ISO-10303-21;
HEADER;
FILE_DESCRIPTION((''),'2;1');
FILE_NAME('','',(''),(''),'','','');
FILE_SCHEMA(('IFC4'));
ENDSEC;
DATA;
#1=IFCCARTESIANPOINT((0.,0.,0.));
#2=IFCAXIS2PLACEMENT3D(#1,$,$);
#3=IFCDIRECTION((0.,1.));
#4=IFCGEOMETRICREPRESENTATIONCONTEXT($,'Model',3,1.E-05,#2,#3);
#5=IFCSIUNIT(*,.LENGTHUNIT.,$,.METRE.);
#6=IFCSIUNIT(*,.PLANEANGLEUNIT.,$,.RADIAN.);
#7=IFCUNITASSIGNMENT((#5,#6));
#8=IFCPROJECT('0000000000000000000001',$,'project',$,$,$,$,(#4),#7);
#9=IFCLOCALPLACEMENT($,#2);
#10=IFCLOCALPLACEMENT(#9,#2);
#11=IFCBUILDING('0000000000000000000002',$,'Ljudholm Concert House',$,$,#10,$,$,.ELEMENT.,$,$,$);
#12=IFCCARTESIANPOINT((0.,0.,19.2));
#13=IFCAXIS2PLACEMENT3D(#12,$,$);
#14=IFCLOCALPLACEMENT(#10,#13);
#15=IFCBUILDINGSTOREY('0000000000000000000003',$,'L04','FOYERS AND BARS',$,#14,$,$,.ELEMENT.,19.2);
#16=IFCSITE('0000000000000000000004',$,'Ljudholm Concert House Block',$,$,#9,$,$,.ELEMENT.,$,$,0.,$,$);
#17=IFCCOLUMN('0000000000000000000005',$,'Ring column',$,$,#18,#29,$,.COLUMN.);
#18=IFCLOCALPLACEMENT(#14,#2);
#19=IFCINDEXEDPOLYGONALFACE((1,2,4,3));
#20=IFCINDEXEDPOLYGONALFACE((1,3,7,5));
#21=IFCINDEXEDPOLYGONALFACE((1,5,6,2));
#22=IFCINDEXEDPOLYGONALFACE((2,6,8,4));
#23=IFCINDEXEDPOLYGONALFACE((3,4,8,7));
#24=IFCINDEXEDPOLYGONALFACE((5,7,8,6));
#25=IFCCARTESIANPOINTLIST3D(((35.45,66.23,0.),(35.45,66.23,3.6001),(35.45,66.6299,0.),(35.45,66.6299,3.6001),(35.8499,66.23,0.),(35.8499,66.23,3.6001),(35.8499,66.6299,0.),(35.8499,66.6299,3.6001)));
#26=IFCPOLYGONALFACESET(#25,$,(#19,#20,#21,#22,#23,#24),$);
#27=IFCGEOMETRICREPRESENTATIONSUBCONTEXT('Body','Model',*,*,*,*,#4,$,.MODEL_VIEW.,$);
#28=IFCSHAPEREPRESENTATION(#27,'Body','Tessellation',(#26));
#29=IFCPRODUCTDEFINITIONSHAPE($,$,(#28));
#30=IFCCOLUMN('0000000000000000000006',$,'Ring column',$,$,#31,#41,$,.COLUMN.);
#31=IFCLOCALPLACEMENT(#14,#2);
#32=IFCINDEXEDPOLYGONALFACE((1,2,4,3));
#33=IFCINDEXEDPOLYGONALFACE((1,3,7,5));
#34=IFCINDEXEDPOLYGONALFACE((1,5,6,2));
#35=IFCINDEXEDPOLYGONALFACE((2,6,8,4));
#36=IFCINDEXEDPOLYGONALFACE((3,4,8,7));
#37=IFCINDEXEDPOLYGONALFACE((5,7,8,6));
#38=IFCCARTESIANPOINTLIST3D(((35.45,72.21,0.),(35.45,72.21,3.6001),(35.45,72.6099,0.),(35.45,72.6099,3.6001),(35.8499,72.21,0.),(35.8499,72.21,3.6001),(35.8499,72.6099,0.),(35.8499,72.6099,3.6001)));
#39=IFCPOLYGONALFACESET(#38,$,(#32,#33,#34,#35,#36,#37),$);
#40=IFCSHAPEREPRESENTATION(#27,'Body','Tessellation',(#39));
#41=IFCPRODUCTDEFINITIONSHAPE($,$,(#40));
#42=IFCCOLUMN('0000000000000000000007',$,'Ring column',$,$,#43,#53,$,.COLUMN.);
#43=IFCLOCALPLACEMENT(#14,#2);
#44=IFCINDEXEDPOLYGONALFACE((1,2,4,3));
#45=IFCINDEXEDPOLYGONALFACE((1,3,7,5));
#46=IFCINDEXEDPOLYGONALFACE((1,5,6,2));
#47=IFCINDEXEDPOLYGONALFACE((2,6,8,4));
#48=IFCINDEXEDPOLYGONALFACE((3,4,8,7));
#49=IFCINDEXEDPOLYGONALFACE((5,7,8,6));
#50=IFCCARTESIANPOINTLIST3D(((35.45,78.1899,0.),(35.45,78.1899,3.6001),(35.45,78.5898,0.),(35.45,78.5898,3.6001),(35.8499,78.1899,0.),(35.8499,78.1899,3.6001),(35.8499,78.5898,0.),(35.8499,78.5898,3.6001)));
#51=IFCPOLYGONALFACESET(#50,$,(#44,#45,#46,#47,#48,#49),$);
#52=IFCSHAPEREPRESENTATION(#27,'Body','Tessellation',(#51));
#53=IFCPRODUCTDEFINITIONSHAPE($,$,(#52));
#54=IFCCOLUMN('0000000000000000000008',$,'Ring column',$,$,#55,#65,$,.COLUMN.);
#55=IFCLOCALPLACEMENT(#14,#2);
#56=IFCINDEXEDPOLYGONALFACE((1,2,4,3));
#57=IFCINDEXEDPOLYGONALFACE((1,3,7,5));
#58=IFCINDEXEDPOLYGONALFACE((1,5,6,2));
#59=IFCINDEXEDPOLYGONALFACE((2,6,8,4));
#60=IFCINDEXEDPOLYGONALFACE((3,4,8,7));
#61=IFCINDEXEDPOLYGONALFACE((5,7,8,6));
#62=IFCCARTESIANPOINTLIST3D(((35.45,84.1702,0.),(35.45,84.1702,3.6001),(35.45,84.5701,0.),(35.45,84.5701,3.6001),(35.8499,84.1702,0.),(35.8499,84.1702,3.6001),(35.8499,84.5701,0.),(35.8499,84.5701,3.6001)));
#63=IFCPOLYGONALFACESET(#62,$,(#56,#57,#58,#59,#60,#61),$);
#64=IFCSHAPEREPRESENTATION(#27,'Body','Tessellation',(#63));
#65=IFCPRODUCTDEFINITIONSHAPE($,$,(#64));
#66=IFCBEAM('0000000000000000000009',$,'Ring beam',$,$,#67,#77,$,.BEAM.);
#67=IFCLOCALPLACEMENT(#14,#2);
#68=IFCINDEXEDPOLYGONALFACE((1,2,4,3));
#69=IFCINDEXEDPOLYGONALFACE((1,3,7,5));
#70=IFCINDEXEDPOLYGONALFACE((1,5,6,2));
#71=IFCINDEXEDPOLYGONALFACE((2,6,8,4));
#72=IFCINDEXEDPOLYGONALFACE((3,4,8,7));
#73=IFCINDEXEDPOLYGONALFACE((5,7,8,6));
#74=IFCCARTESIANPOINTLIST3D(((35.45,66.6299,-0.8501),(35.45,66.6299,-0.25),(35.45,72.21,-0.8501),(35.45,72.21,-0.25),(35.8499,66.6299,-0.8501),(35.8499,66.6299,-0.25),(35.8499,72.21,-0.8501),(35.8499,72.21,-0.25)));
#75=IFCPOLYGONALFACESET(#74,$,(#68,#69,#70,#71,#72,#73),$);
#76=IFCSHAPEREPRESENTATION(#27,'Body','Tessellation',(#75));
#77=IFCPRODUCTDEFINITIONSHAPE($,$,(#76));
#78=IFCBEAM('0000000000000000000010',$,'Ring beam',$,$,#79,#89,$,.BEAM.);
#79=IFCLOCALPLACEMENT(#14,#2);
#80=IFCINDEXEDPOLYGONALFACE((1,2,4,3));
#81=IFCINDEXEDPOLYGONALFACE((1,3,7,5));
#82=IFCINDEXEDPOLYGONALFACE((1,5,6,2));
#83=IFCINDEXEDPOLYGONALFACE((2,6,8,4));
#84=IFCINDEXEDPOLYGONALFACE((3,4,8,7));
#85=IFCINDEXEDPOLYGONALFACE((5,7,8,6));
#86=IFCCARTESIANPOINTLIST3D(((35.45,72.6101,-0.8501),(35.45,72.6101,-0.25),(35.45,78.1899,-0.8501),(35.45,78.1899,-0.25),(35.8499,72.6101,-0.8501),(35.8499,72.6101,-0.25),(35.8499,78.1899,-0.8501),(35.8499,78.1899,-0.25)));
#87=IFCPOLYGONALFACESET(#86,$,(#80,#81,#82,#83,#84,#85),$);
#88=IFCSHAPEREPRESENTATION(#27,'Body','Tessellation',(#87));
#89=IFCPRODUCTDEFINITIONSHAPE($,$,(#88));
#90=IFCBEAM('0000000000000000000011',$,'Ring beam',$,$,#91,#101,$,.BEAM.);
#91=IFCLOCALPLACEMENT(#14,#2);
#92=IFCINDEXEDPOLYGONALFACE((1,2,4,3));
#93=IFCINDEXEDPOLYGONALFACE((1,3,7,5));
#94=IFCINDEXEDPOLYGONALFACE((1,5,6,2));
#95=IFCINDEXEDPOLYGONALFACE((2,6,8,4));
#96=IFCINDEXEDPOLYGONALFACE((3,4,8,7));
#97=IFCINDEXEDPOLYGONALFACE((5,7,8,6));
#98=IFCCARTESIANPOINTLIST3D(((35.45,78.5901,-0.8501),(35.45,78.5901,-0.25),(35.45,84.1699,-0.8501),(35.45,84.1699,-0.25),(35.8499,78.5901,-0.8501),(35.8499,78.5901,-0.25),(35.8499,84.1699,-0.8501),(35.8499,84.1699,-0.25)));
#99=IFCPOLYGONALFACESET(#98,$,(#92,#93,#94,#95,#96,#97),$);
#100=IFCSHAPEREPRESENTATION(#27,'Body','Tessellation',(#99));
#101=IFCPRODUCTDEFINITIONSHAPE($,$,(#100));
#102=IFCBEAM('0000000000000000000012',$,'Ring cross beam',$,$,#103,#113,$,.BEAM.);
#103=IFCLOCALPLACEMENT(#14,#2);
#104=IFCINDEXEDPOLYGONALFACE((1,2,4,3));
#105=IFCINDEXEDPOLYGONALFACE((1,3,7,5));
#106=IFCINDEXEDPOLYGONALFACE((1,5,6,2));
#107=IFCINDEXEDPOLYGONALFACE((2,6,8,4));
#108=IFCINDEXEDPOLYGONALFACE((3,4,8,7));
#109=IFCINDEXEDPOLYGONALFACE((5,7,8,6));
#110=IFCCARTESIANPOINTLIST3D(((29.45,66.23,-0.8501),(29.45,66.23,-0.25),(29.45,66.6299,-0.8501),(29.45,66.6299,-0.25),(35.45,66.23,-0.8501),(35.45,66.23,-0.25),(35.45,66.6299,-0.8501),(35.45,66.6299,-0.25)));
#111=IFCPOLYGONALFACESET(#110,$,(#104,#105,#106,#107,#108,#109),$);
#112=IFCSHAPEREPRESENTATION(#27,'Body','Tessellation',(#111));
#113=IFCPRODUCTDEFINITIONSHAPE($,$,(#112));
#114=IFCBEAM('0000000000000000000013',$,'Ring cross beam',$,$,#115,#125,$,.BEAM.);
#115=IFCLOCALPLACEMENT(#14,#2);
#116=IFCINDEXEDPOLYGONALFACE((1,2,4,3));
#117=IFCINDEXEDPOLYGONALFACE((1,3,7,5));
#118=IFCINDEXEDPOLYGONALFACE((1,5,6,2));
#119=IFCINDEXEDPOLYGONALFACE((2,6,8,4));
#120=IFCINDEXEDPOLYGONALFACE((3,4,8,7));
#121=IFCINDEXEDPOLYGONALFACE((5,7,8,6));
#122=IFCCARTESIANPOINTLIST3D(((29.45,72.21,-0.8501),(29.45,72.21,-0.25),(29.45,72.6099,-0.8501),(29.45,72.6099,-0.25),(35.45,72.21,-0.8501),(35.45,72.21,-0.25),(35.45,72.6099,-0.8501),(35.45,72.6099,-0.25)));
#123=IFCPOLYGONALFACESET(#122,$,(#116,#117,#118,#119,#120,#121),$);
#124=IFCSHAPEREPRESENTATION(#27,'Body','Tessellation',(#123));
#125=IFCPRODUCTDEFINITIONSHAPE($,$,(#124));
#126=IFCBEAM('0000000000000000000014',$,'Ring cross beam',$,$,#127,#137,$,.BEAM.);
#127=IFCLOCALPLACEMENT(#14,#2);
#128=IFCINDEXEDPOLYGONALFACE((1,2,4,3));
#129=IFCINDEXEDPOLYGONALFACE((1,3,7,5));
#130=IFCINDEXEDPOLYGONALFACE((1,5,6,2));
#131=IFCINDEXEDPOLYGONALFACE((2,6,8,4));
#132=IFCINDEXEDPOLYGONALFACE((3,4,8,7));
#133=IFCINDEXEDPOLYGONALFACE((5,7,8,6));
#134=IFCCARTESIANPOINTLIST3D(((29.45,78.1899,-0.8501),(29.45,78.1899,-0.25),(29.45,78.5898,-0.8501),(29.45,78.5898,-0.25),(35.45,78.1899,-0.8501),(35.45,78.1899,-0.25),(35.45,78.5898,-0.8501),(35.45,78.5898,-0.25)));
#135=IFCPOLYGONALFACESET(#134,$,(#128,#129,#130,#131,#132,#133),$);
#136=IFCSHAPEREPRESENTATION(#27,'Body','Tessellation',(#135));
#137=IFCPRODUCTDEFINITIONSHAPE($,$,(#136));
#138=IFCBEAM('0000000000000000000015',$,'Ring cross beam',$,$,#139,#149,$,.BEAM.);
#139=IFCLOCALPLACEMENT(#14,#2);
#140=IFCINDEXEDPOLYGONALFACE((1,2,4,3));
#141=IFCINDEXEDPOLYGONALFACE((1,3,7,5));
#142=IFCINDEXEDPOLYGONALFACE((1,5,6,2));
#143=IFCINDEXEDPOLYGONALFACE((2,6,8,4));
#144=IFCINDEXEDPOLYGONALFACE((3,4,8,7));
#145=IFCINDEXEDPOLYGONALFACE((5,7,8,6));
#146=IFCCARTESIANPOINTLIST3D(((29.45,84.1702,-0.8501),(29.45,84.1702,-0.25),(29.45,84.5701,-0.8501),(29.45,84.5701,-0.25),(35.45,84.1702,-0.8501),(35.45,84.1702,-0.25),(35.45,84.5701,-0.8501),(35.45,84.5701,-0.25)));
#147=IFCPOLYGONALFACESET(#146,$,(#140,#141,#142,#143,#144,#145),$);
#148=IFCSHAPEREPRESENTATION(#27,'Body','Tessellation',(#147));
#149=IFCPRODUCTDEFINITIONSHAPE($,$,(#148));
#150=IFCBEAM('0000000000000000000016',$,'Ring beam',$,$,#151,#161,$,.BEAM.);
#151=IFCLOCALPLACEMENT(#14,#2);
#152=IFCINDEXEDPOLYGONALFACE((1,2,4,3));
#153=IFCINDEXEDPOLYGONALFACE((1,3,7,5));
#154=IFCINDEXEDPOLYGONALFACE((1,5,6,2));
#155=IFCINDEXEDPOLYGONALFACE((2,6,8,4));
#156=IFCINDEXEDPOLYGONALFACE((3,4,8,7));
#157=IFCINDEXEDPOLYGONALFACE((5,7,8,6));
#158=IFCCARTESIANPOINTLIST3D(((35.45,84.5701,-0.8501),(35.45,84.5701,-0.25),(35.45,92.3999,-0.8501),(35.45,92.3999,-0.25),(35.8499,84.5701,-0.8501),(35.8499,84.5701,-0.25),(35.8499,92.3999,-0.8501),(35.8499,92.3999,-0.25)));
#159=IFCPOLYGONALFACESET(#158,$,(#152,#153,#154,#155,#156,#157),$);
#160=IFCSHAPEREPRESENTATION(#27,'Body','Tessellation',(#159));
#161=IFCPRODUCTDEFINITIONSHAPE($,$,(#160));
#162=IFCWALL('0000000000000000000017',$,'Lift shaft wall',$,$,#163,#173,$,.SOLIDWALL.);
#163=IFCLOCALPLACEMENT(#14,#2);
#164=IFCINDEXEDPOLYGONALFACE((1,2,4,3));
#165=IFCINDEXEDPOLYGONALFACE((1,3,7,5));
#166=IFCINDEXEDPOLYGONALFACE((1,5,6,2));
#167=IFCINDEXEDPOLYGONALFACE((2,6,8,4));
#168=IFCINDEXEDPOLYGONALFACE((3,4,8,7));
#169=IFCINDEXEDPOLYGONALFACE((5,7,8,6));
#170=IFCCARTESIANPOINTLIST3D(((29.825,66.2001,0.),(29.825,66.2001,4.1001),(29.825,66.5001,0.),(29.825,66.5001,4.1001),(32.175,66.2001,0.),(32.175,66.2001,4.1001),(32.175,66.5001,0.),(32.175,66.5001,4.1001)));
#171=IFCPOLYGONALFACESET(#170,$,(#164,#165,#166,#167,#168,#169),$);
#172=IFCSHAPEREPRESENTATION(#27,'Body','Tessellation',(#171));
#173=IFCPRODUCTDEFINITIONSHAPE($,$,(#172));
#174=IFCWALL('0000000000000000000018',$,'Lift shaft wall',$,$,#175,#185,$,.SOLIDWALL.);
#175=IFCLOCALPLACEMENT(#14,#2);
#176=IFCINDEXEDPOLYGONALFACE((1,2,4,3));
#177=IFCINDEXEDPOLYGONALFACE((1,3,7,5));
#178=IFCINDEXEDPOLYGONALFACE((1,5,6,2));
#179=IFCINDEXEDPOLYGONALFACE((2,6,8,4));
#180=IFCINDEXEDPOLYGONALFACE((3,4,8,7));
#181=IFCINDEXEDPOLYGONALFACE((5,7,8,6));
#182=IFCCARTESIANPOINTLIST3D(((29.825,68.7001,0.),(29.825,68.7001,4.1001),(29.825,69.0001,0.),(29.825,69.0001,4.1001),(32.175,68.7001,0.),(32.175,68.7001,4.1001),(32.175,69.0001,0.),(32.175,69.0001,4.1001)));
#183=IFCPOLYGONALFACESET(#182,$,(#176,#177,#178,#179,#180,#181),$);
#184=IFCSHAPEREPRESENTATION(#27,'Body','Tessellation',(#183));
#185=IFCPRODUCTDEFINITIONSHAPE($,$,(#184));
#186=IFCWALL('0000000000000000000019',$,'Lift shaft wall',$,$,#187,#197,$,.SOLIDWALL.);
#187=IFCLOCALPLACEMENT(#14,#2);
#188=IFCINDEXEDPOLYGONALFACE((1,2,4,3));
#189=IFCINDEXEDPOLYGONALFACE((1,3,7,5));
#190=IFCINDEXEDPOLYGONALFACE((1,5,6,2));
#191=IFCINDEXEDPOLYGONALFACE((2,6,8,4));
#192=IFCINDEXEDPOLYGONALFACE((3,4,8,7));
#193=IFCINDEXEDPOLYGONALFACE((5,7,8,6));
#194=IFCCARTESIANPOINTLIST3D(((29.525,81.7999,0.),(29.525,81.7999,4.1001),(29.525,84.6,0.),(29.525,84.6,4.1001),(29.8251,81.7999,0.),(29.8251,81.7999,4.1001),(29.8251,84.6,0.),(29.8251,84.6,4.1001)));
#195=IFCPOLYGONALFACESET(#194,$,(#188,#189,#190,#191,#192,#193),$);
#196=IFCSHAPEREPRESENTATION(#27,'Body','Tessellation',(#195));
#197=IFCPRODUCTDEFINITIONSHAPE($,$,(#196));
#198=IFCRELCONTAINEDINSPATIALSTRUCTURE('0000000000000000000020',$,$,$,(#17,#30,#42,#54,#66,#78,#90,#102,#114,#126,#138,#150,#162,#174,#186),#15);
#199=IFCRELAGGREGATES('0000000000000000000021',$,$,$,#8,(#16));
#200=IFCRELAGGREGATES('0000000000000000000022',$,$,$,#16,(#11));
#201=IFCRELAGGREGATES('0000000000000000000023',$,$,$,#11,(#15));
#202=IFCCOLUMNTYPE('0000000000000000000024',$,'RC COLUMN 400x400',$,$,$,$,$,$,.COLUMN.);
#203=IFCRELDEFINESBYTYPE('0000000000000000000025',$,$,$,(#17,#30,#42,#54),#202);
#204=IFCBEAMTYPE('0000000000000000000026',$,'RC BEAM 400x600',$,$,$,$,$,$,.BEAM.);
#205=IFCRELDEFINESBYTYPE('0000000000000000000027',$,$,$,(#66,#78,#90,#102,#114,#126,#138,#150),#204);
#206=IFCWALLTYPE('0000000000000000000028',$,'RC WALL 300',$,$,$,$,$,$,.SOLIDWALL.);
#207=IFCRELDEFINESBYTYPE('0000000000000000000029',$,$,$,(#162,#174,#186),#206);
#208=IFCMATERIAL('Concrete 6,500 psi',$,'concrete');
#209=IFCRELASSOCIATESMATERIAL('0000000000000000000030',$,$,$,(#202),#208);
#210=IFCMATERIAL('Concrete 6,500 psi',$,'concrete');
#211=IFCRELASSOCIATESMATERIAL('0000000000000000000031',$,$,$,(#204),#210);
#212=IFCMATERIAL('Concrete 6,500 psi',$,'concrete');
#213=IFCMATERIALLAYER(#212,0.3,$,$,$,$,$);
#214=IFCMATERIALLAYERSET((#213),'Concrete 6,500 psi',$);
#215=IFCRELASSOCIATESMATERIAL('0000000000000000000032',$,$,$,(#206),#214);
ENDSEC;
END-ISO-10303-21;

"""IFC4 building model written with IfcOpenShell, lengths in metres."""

from ifc_helpers import new_model, si_unit, direction, frame, frame_2d, origin, origin_2d, place, context, subcontext, project, spatial, rectangle, extrude, material, layer, layer_set, material_profile, profile_set, type_object, element, save


model = new_model("IFC4")

# Units and contexts
model_context = context("Model", 3, precision=1e-05, world=origin(), true_north=direction((0.0, 1.0)))
body_context = subcontext(model_context, "Body", "Model", "MODEL_VIEW")
ifc_project = project(units=[si_unit("LENGTHUNIT", "METRE"), si_unit("PLANEANGLEUNIT", "RADIAN")], contexts=[model_context])

# Site, building, storey
site_placement = place(None, origin())
site = spatial("IfcSite", under=ifc_project, at=site_placement, Name="Ljudholm Concert House Block", CompositionType="ELEMENT", RefElevation=0.0)
building_placement = place(site_placement, origin())
building = spatial("IfcBuilding", under=site, at=building_placement, Name="Ljudholm Concert House", CompositionType="ELEMENT")
storey_placement = place(building_placement, frame((0.0, 0.0, 19.2)))
storey = spatial("IfcBuildingStorey", under=building, at=storey_placement, Name="L04", Description="FOYERS AND BARS", CompositionType="ELEMENT", Elevation=19.2)

# Columns
ifc_material_1 = material(Name="Concrete 6,500 psi", Category="concrete")
ifc_material_profile_1 = material_profile(ifc_material_1, rectangle(XDim=0.3999, YDim=0.3999, at=origin_2d()), Name="RC COLUMN 400x400")
ifc_profile_set_1 = profile_set([ifc_material_profile_1], Name="Concrete 6,500 psi")
column_type = type_object("IfcColumnType", Name="RC COLUMN 400x400", PredefinedType="COLUMN", material=ifc_profile_set_1)
for number, where, z_axis, x_axis, name in (
    (1, (35.6499, 66.4299, 0.0), (0.0, 0.0, 1.0), (1.0, 0.0, 0.0), "Ring column"),
    (2, (35.6499, 72.4099, 0.0), (0.0, 0.0, 1.0), (1.0, 0.0, 0.0), "Ring column"),
    (3, (35.6499, 78.3899, 0.0), (0.0, 0.0, 1.0), (1.0, 0.0, 0.0), "Ring column"),
    (4, (35.6499, 84.3701, 0.0), (0.0, 0.0, 1.0), (1.0, 0.0, 0.0), "Ring column"),
):
    element("IfcColumn", number, at=place(storey_placement, frame(where, z_axis=z_axis, x_axis=x_axis)), inside=storey, type_object=column_type, Name=name, PredefinedType="COLUMN", context=body_context, shape_type="SweptSolid", body=[
        extrude(rectangle(XDim=0.3999, YDim=0.3999, at=origin_2d()), origin(), (0.0, 0.0, 1.0), 3.6001),
    ])

# Beams
ifc_material_2 = material(Name="Concrete 6,500 psi", Category="concrete")
ifc_material_profile_2 = material_profile(ifc_material_2, rectangle(XDim=0.3999, YDim=0.6001, at=origin_2d()), Name="RC BEAM 400x600")
ifc_profile_set_2 = profile_set([ifc_material_profile_2], Name="Concrete 6,500 psi")
beam_type = type_object("IfcBeamType", Name="RC BEAM 400x600", PredefinedType="BEAM", material=ifc_profile_set_2)
beam_1_placement = place(storey_placement, frame((35.6499, 66.6299, -0.55), z_axis=(0.0, 1.0, 0.0), x_axis=(-1.0, 0.0, 0.0)))
element("IfcBeam", 5, at=beam_1_placement, inside=storey, type_object=beam_type, Name="Ring beam", PredefinedType="BEAM", context=body_context, shape_type="SweptSolid", body=[
    extrude(rectangle(XDim=0.3999, YDim=0.6001, at=origin_2d()), origin(), (0.0, 0.0, 1.0), 5.5801),
])
for number, where, z_axis, x_axis, name in (
    (6, (35.6499, 72.6101, -0.55), (0.0, 1.0, 0.0), (-1.0, 0.0, 0.0), "Ring beam"),
    (7, (35.6499, 78.5901, -0.55), (0.0, 1.0, 0.0), (-1.0, 0.0, 0.0), "Ring beam"),
):
    element("IfcBeam", number, at=place(storey_placement, frame(where, z_axis=z_axis, x_axis=x_axis)), inside=storey, type_object=beam_type, Name=name, PredefinedType="BEAM", context=body_context, shape_type="SweptSolid", body=[
        extrude(rectangle(XDim=0.3999, YDim=0.6001, at=origin_2d()), origin(), (0.0, 0.0, 1.0), 5.5798),
    ])
for number, where, z_axis, x_axis, name in (
    (8, (35.45, 66.4299, -0.55), (-1.0, 0.0, 0.0), (0.0, -1.0, 0.0), "Ring cross beam"),
    (9, (35.45, 72.4099, -0.55), (-1.0, 0.0, 0.0), (0.0, -1.0, 0.0), "Ring cross beam"),
    (10, (35.45, 78.3899, -0.55), (-1.0, 0.0, 0.0), (0.0, -1.0, 0.0), "Ring cross beam"),
    (11, (35.45, 84.3701, -0.55), (-1.0, 0.0, 0.0), (0.0, -1.0, 0.0), "Ring cross beam"),
):
    element("IfcBeam", number, at=place(storey_placement, frame(where, z_axis=z_axis, x_axis=x_axis)), inside=storey, type_object=beam_type, Name=name, PredefinedType="BEAM", context=body_context, shape_type="SweptSolid", body=[
        extrude(rectangle(XDim=0.3999, YDim=0.6001, at=origin_2d()), origin(), (0.0, 0.0, 1.0), 6.0),
    ])
beam_2_placement = place(storey_placement, frame((35.6499, 84.5701, -0.55), z_axis=(0.0, 1.0, 0.0), x_axis=(-1.0, 0.0, 0.0)))
element("IfcBeam", 12, at=beam_2_placement, inside=storey, type_object=beam_type, Name="Ring beam", PredefinedType="BEAM", context=body_context, shape_type="SweptSolid", body=[
    extrude(rectangle(XDim=0.3999, YDim=0.6001, at=origin_2d()), origin(), (0.0, 0.0, 1.0), 7.8298),
])

# Walls
ifc_material_3 = material(Name="Concrete 6,500 psi", Category="concrete")
ifc_layer = layer(ifc_material_3, 0.3)
ifc_layer_set = layer_set([ifc_layer], Name="Concrete 6,500 psi")
wall_type = type_object("IfcWallType", Name="RC WALL 300", PredefinedType="SOLIDWALL", material=ifc_layer_set)
for number, where, z_axis, x_axis, name in (
    (13, (29.825, 66.3501, 0.0), (0.0, 0.0, 1.0), (1.0, 0.0, 0.0), "Lift shaft wall"),
    (14, (29.825, 68.8501, 0.0), (0.0, 0.0, 1.0), (1.0, 0.0, 0.0), "Lift shaft wall"),
):
    element("IfcWall", number, at=place(storey_placement, frame(where, z_axis=z_axis, x_axis=x_axis)), inside=storey, type_object=wall_type, Name=name, PredefinedType="SOLIDWALL", context=body_context, shape_type="SweptSolid", body=[
        extrude(rectangle(XDim=2.3501, YDim=0.3, at=frame_2d((1.175, 0.0))), origin(), (0.0, 0.0, 1.0), 4.1001),
    ])
wall_1_placement = place(storey_placement, frame((29.675, 81.8, 0.0), z_axis=(0.0, 0.0, 1.0), x_axis=(0.0, 1.0, 0.0)))
element("IfcWall", 15, at=wall_1_placement, inside=storey, type_object=wall_type, Name="Lift shaft wall", PredefinedType="SOLIDWALL", context=body_context, shape_type="SweptSolid", body=[
    extrude(rectangle(XDim=2.8, YDim=0.3, at=frame_2d((1.3999, 0.0))), origin(), (0.0, 0.0, 1.0), 4.1001),
])

save(model, "model.ifc")
